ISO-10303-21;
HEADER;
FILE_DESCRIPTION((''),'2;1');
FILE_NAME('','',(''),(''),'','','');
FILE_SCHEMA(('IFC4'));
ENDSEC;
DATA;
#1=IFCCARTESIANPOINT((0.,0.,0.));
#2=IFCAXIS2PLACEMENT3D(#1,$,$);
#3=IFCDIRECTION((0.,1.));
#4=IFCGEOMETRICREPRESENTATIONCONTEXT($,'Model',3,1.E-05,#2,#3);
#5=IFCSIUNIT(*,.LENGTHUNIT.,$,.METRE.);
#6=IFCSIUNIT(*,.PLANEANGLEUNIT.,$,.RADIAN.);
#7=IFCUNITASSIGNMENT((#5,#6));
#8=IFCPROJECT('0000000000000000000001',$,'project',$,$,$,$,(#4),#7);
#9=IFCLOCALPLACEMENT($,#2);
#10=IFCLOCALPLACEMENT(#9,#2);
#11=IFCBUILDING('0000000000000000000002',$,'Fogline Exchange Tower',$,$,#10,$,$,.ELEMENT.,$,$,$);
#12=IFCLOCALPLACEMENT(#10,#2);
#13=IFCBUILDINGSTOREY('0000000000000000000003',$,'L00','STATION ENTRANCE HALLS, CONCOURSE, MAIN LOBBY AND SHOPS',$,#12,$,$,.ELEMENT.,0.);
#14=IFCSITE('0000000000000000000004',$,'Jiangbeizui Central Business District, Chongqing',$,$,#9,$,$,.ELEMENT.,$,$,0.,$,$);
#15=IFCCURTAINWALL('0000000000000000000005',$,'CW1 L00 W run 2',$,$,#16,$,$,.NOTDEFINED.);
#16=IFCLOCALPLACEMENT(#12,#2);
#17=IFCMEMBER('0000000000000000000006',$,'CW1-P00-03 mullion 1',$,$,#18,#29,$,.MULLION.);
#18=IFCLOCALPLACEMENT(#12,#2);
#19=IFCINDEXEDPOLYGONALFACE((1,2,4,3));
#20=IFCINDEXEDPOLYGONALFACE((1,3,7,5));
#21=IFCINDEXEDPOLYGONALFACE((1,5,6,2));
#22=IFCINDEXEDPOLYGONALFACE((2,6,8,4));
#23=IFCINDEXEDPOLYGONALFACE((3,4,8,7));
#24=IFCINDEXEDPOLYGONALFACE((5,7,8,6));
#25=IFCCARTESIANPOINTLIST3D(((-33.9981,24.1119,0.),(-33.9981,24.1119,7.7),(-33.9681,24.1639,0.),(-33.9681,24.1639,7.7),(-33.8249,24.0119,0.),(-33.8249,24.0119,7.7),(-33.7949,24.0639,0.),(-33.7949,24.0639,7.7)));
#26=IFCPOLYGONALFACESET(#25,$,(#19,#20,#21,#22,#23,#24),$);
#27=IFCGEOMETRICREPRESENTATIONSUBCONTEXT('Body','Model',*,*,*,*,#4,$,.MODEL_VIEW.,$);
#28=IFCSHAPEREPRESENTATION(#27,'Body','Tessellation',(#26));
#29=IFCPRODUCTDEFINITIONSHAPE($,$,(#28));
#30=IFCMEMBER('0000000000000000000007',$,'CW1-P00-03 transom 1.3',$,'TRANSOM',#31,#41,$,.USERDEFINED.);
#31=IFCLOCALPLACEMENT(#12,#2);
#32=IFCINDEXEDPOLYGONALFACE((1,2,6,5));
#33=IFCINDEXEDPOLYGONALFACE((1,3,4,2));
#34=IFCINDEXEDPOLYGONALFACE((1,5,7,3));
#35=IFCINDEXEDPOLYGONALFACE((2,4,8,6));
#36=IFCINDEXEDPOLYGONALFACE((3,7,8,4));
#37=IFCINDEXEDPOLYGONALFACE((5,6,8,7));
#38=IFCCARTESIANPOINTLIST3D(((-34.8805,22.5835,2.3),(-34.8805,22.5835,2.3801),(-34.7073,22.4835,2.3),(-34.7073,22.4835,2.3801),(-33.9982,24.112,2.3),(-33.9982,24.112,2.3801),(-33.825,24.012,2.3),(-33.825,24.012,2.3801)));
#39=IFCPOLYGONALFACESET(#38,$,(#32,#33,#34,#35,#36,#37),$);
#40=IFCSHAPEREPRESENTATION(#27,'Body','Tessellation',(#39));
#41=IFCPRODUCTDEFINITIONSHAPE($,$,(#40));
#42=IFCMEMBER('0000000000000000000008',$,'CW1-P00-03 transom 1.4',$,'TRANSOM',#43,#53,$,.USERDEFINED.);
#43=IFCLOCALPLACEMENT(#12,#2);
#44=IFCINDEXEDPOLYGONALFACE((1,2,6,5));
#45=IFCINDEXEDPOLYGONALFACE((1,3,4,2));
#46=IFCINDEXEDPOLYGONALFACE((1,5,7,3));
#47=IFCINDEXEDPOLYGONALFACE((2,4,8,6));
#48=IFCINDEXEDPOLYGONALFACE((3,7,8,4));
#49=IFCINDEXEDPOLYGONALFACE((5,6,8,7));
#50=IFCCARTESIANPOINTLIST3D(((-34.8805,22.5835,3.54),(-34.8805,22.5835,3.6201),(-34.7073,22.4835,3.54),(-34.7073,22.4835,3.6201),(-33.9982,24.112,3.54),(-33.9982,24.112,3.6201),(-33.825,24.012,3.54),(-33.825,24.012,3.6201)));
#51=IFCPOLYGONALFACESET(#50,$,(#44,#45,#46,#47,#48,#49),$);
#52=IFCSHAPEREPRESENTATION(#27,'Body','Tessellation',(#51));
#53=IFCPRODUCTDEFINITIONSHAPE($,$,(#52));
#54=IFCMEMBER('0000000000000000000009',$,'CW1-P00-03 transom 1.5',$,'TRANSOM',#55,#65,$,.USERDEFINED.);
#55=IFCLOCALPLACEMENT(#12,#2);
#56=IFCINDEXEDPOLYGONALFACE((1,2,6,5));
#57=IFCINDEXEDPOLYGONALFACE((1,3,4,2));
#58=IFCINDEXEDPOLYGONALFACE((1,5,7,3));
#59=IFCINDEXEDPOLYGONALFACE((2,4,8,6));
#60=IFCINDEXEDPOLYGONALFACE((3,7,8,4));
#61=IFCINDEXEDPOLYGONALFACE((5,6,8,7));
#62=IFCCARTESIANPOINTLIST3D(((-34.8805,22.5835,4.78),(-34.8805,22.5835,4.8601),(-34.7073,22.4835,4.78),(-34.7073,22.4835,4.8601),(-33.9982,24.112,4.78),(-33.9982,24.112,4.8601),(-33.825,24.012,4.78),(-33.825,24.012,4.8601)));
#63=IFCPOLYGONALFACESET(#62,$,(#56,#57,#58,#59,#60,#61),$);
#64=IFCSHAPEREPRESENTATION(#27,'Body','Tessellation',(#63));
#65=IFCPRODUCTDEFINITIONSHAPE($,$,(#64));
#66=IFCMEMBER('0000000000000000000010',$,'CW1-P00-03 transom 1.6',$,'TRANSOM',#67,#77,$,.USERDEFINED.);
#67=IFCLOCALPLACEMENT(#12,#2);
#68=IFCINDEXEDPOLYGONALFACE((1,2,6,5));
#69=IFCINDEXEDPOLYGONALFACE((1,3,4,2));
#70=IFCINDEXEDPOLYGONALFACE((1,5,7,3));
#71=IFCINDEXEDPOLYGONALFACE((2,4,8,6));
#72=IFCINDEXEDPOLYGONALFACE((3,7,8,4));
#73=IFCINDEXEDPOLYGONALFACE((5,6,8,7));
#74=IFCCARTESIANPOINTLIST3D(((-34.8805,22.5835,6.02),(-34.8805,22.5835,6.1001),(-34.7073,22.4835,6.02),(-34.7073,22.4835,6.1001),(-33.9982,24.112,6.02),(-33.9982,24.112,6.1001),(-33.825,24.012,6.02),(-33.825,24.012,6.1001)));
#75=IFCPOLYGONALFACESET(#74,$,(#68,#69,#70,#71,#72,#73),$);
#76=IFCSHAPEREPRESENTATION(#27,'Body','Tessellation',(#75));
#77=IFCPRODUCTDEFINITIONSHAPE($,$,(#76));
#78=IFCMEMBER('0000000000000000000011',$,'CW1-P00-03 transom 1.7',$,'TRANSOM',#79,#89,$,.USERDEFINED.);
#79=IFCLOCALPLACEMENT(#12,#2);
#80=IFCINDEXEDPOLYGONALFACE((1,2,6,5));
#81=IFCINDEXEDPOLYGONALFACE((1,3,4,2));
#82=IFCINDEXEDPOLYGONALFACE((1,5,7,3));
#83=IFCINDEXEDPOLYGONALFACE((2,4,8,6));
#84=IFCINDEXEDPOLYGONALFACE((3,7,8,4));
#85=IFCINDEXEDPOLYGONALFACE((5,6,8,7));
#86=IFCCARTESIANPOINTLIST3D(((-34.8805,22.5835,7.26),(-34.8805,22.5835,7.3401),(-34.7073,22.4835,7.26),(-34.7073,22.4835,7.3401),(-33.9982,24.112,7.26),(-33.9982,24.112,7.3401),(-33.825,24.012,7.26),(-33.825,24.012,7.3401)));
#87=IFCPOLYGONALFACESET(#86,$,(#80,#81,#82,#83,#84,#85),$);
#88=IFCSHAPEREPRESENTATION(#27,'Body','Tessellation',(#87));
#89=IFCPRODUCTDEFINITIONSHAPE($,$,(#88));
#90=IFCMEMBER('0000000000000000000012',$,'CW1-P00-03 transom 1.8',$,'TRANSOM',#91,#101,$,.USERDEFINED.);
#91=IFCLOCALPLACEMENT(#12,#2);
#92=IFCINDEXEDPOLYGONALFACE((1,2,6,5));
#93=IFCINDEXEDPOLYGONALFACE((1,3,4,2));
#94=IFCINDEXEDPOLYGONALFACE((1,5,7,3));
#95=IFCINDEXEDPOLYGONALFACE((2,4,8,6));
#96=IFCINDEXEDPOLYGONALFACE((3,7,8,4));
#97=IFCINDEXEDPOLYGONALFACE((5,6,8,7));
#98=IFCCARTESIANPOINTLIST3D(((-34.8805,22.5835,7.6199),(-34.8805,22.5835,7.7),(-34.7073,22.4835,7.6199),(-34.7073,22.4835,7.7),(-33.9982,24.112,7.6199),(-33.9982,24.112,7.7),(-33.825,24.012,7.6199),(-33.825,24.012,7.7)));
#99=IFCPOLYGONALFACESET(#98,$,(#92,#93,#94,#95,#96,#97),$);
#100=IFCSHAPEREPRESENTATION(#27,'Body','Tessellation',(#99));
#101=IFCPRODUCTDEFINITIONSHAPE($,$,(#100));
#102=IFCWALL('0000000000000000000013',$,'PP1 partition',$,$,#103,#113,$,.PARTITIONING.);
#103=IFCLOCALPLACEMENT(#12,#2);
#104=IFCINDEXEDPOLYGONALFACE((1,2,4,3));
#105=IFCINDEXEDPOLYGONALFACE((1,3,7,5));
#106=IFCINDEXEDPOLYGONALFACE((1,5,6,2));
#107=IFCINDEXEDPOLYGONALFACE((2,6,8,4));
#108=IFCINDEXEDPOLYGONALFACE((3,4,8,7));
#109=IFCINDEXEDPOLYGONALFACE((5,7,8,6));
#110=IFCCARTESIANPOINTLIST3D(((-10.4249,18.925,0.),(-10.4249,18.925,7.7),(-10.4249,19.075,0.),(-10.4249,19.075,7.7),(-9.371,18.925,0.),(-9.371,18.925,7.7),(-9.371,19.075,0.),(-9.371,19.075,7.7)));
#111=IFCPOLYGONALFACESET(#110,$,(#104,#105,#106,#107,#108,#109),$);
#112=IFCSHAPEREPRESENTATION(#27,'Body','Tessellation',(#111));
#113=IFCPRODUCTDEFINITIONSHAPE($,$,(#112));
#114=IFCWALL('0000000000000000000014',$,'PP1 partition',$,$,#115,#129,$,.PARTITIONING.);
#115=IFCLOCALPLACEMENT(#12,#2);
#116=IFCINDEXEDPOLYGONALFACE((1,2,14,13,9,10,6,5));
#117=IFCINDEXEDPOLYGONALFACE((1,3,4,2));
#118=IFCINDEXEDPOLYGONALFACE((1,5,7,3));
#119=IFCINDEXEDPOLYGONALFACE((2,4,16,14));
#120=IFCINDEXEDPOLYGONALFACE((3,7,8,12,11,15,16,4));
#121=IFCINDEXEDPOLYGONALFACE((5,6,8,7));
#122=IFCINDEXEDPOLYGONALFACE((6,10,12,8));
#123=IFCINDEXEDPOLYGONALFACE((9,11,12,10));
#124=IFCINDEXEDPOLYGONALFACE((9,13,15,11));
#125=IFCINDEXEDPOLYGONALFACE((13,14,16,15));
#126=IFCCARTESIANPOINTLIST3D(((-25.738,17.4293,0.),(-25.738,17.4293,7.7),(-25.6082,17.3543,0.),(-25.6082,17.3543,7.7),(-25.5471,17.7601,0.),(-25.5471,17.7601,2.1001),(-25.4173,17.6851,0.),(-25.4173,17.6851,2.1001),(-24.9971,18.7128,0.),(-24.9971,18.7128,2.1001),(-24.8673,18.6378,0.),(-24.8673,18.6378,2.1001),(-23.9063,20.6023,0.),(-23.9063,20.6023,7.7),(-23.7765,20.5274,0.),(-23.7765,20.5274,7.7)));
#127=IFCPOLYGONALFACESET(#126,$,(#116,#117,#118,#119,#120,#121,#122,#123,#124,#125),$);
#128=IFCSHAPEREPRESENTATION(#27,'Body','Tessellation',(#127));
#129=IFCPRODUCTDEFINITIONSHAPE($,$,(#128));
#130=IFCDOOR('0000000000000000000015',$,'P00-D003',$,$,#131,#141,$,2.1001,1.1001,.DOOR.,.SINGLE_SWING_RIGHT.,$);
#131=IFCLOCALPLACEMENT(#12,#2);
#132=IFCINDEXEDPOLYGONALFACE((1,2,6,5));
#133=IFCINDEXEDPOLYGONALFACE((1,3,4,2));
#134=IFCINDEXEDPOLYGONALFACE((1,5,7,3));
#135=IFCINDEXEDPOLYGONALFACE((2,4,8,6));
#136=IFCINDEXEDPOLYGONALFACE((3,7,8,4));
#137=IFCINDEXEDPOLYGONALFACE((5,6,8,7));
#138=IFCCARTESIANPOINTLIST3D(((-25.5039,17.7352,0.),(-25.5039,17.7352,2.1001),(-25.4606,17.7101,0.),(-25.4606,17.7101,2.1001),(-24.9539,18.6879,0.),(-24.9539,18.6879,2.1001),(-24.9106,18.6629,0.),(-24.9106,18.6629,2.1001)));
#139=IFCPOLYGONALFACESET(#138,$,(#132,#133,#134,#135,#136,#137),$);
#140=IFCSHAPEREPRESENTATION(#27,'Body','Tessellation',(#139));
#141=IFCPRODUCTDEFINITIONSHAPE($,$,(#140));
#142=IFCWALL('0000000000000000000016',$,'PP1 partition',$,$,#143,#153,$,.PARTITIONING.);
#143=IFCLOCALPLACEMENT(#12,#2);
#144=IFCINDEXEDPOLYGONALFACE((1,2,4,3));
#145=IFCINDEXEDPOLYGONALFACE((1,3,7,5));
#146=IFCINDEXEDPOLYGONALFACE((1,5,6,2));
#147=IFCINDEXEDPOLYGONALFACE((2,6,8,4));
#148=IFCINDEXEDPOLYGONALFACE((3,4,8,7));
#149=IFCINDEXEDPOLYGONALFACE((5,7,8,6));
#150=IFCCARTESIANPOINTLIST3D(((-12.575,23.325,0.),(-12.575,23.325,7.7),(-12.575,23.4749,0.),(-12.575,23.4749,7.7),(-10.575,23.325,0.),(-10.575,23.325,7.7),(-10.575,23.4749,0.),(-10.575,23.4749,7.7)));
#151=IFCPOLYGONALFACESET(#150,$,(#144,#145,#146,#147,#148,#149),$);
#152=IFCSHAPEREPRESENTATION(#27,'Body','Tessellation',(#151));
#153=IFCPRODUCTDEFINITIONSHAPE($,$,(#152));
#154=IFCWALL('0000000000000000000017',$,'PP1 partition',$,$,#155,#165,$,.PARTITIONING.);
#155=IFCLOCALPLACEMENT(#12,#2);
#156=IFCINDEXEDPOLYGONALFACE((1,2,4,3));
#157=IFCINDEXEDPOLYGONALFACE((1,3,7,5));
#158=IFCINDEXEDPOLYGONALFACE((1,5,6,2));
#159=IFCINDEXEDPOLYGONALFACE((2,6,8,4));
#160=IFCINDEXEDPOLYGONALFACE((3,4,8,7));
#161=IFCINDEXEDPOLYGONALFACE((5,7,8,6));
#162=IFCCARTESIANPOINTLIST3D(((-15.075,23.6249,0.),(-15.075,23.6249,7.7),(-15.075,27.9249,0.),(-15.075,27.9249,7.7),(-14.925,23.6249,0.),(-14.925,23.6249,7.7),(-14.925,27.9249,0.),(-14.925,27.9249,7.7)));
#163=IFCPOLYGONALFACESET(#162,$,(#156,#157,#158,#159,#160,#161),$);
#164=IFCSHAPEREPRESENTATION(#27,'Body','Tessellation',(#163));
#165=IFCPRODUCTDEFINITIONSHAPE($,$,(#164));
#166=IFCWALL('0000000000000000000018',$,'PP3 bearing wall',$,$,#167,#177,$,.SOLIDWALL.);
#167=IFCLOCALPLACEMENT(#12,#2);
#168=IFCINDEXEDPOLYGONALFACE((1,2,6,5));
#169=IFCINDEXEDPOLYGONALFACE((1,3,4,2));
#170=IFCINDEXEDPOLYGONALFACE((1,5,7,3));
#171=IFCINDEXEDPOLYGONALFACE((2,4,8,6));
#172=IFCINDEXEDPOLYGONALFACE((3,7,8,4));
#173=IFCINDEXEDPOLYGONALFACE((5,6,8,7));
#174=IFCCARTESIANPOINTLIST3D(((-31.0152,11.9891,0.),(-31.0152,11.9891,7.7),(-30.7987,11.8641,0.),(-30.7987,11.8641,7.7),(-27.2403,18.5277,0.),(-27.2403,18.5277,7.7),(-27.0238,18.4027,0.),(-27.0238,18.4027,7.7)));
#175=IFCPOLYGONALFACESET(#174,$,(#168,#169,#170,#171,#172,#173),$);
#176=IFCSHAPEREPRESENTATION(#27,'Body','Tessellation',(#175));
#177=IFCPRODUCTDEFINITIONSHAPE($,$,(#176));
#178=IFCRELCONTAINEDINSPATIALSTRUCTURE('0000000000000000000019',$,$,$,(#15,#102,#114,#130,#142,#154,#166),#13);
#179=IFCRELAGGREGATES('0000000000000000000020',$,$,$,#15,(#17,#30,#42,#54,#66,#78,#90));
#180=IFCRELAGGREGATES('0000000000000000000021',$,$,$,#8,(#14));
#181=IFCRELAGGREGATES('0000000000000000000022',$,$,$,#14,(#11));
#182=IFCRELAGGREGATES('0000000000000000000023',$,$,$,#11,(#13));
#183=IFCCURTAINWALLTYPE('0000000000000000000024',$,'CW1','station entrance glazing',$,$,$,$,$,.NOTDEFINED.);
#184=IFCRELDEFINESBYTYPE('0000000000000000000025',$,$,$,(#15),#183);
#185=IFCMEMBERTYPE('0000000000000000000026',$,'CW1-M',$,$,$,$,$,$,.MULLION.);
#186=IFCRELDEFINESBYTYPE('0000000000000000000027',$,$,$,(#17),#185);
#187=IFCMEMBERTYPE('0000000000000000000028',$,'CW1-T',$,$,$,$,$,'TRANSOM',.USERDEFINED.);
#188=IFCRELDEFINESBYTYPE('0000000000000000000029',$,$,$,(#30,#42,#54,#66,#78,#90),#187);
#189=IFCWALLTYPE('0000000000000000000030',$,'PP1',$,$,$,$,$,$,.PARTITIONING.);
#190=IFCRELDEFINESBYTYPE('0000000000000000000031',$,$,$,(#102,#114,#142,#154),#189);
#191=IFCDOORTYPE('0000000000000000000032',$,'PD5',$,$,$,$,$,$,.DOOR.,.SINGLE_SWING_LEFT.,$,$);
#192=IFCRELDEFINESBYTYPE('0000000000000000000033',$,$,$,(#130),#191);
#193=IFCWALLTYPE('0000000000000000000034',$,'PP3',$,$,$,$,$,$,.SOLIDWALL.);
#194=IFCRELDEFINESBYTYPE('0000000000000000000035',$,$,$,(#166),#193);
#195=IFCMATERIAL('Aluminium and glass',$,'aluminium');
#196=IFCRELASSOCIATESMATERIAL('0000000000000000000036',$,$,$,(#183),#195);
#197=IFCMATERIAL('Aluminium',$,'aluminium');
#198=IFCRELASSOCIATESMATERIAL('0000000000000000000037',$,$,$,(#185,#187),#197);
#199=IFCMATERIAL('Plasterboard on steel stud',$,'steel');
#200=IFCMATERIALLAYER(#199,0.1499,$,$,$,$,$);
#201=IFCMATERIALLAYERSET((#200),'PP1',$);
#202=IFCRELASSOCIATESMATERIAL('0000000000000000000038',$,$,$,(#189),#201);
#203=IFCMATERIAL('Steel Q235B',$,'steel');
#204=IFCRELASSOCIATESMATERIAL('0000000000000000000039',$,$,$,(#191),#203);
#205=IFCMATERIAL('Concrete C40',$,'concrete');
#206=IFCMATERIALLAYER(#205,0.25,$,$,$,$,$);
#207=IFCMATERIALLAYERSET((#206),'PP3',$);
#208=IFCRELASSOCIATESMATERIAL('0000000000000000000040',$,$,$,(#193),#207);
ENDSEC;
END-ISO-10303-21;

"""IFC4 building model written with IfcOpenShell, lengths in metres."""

from ifc_helpers import new_model, si_unit, direction, frame, frame_2d, origin, origin_2d, place, context, subcontext, project, spatial, rectangle, extrude, material, layer, layer_set, material_profile, profile_set, type_object, element, fill, aggregate, save


model = new_model("IFC4")

# Units and contexts
model_context = context("Model", 3, precision=1e-05, world=origin(), true_north=direction((0.0, 1.0)))
body_context = subcontext(model_context, "Body", "Model", "MODEL_VIEW")
ifc_project = project(units=[si_unit("LENGTHUNIT", "METRE"), si_unit("PLANEANGLEUNIT", "RADIAN")], contexts=[model_context])

# Site, building, storey
site_placement = place(None, origin())
site = spatial("IfcSite", under=ifc_project, at=site_placement, Name="Jiangbeizui Central Business District, Chongqing", CompositionType="ELEMENT", RefElevation=0.0)
building_placement = place(site_placement, origin())
building = spatial("IfcBuilding", under=site, at=building_placement, Name="Fogline Exchange Tower", CompositionType="ELEMENT")
storey_placement = place(building_placement, origin())
storey = spatial("IfcBuildingStorey", under=building, at=storey_placement, Name="L00", Description="STATION ENTRANCE HALLS, CONCOURSE, MAIN LOBBY AND SHOPS", CompositionType="ELEMENT", Elevation=0.0)

# Curtain wall, members
ifc_material_1 = material(Name="Aluminium and glass", Category="aluminium")
curtain_wall_type = type_object("IfcCurtainWallType", Name="CW1", Description="station entrance glazing", PredefinedType="NOTDEFINED", material=ifc_material_1)
curtain_wall_placement = place(storey_placement, origin())
curtain_wall = element("IfcCurtainWall", 1, at=curtain_wall_placement, inside=storey, type_object=curtain_wall_type, Name="CW1 L00 W run 2", PredefinedType="NOTDEFINED")
ifc_material_2 = material(Name="Aluminium", Category="aluminium")
ifc_material_profile_1 = material_profile(ifc_material_2, rectangle(XDim=0.2, YDim=0.0601, at=origin_2d()), Name="Mullion 60x200")
ifc_profile_set_1 = profile_set([ifc_material_profile_1], Name="Aluminium")
member_type_1 = type_object("IfcMemberType", Name="CW1-M", PredefinedType="MULLION", material=ifc_profile_set_1)
member_1_placement = place(storey_placement, frame((-33.8965, 24.0879, 0.0), z_axis=(0.0, 0.0, 1.0), x_axis=(0.866024, -0.500002, 0.0)))
member_1 = element("IfcMember", 2, at=member_1_placement, type_object=member_type_1, Name="CW1-P00-03 mullion 1", PredefinedType="MULLION", context=body_context, shape_type="SweptSolid", body=[
    extrude(rectangle(XDim=0.2, YDim=0.0601, at=origin_2d()), origin(), (0.0, 0.0, 1.0), 7.7),
])
ifc_material_profile_2 = material_profile(ifc_material_2, rectangle(XDim=0.2, YDim=0.0801, at=origin_2d()), Name="Transom 80x200")
ifc_profile_set_2 = profile_set([ifc_material_profile_2], Name="Aluminium")
member_type_2 = type_object("IfcMemberType", Name="CW1-T", ElementType="TRANSOM", PredefinedType="USERDEFINED", material=ifc_profile_set_2)
member_2_placement = place(storey_placement, frame((-33.9116, 24.062, 2.3401), z_axis=(-0.499918, -0.866073, 0.0), x_axis=(0.866073, -0.499918, 0.0)))
member_2 = element("IfcMember", 3, at=member_2_placement, type_object=member_type_2, Name="CW1-P00-03 transom 1.3", ObjectType="TRANSOM", PredefinedType="USERDEFINED", context=body_context, shape_type="SweptSolid", body=[
    extrude(rectangle(XDim=0.2, YDim=0.0801, at=origin_2d()), origin(), (0.0, 0.0, 1.0), 1.7649),
])
member_3_placement = place(storey_placement, frame((-33.9116, 24.062, 3.5801), z_axis=(-0.499918, -0.866073, 0.0), x_axis=(0.866073, -0.499918, 0.0)))
member_3 = element("IfcMember", 4, at=member_3_placement, type_object=member_type_2, Name="CW1-P00-03 transom 1.4", ObjectType="TRANSOM", PredefinedType="USERDEFINED", context=body_context, shape_type="SweptSolid", body=[
    extrude(rectangle(XDim=0.2, YDim=0.0801, at=origin_2d()), origin(), (0.0, 0.0, 1.0), 1.7649),
])
member_4_placement = place(storey_placement, frame((-33.9116, 24.062, 4.8201), z_axis=(-0.499918, -0.866073, 0.0), x_axis=(0.866073, -0.499918, 0.0)))
member_4 = element("IfcMember", 5, at=member_4_placement, type_object=member_type_2, Name="CW1-P00-03 transom 1.5", ObjectType="TRANSOM", PredefinedType="USERDEFINED", context=body_context, shape_type="SweptSolid", body=[
    extrude(rectangle(XDim=0.2, YDim=0.0801, at=origin_2d()), origin(), (0.0, 0.0, 1.0), 1.7649),
])
member_5_placement = place(storey_placement, frame((-33.9116, 24.062, 6.0601), z_axis=(-0.499918, -0.866073, 0.0), x_axis=(0.866073, -0.499918, 0.0)))
member_5 = element("IfcMember", 6, at=member_5_placement, type_object=member_type_2, Name="CW1-P00-03 transom 1.6", ObjectType="TRANSOM", PredefinedType="USERDEFINED", context=body_context, shape_type="SweptSolid", body=[
    extrude(rectangle(XDim=0.2, YDim=0.0801, at=origin_2d()), origin(), (0.0, 0.0, 1.0), 1.7649),
])
member_6_placement = place(storey_placement, frame((-33.9116, 24.062, 7.3), z_axis=(-0.499918, -0.866073, 0.0), x_axis=(0.866073, -0.499918, 0.0)))
member_6 = element("IfcMember", 7, at=member_6_placement, type_object=member_type_2, Name="CW1-P00-03 transom 1.7", ObjectType="TRANSOM", PredefinedType="USERDEFINED", context=body_context, shape_type="SweptSolid", body=[
    extrude(rectangle(XDim=0.2, YDim=0.0801, at=origin_2d()), origin(), (0.0, 0.0, 1.0), 1.7649),
])
member_7_placement = place(storey_placement, frame((-33.9116, 24.062, 7.6599), z_axis=(-0.499918, -0.866073, 0.0), x_axis=(0.866073, -0.499918, 0.0)))
member_7 = element("IfcMember", 8, at=member_7_placement, type_object=member_type_2, Name="CW1-P00-03 transom 1.8", ObjectType="TRANSOM", PredefinedType="USERDEFINED", context=body_context, shape_type="SweptSolid", body=[
    extrude(rectangle(XDim=0.2, YDim=0.0801, at=origin_2d()), origin(), (0.0, 0.0, 1.0), 1.7649),
])
aggregate(curtain_wall, [member_1, member_2, member_3, member_4, member_5, member_6, member_7])

# Shared definitions
ifc_material_3 = material(Name="Plasterboard on steel stud", Category="steel")
ifc_layer_1 = layer(ifc_material_3, 0.1499)
ifc_layer_set_1 = layer_set([ifc_layer_1], Name="PP1")
wall_type_1 = type_object("IfcWallType", Name="PP1", PredefinedType="PARTITIONING", material=ifc_layer_set_1)

# Wall
wall_1_placement = place(storey_placement, frame((-9.3711, 19.0, 0.0), z_axis=(0.0, 0.0, 1.0), x_axis=(-1.0, 0.0, 0.0)))
element("IfcWall", 9, at=wall_1_placement, inside=storey, type_object=wall_type_1, Name="PP1 partition", PredefinedType="PARTITIONING", context=body_context, shape_type="SweptSolid", body=[
    extrude(rectangle(XDim=1.054, YDim=0.1499, at=frame_2d((0.5269, 0.0))), origin(), (0.0, 0.0, 1.0), 7.7),
])

# Wall, opening, door
wall_2_placement = place(storey_placement, frame((-23.8413, 20.5649, 0.0), z_axis=(0.0, 0.0, 1.0), x_axis=(-0.499959, -0.866049, 0.0)))
wall_2 = element("IfcWall", 10, at=wall_2_placement, inside=storey, type_object=wall_type_1, Name="PP1 partition", PredefinedType="PARTITIONING", context=body_context, shape_type="SweptSolid", body=[
    extrude(rectangle(XDim=3.6638, YDim=0.1499, at=frame_2d((1.832, 0.0))), origin(), (0.0, 0.0, 1.0), 7.7),
])
opening_1_placement = place(wall_2_placement, frame((2.1819, 0.0, 0.0)))
opening_1 = element("IfcOpeningElement", 11, at=opening_1_placement, cuts=wall_2, PredefinedType="OPENING", context=body_context, shape_type="SweptSolid", body=[
    extrude(rectangle(XDim=1.1001, YDim=2.1001, at=frame_2d((0.55, 1.05))), frame((0.0, 0.085, 0.0), z_axis=(0.0, -1.0, 0.0), x_axis=(1.0, 0.0, 0.0)), (0.0, 0.0, 1.0), 0.1699),
])
ifc_material_4 = material(Name="Steel Q235B", Category="steel")
door_type_1 = type_object("IfcDoorType", Name="PD5", OperationType="SINGLE_SWING_LEFT", PredefinedType="DOOR", material=ifc_material_4)
door_1_placement = place(opening_1_placement, origin())
door_1 = element("IfcDoor", 12, at=door_1_placement, inside=storey, type_object=door_type_1, Name="P00-D003", OperationType="SINGLE_SWING_RIGHT", OverallHeight=2.1001, OverallWidth=1.1001, PredefinedType="DOOR", context=body_context, shape_type="SweptSolid", body=[
    extrude(rectangle(XDim=1.1001, YDim=2.1001, at=frame_2d((0.55, 1.05))), frame((0.0, 0.0249, 0.0), z_axis=(0.0, -1.0, 0.0), x_axis=(1.0, 0.0, 0.0)), (0.0, 0.0, 1.0), 0.05),
])
fill(opening_1, door_1)

# Walls
wall_3_placement = place(storey_placement, frame((-10.575, 23.3999, 0.0), z_axis=(0.0, 0.0, 1.0), x_axis=(-1.0, 0.0, 0.0)))
element("IfcWall", 13, at=wall_3_placement, inside=storey, type_object=wall_type_1, Name="PP1 partition", PredefinedType="PARTITIONING", context=body_context, shape_type="SweptSolid", body=[
    extrude(rectangle(XDim=2.0, YDim=0.1499, at=frame_2d((1.0, 0.0))), origin(), (0.0, 0.0, 1.0), 7.7),
])
wall_4_placement = place(storey_placement, frame((-15.0, 23.625, 0.0), z_axis=(0.0, 0.0, 1.0), x_axis=(0.0, 1.0, 0.0)))
element("IfcWall", 14, at=wall_4_placement, inside=storey, type_object=wall_type_1, Name="PP1 partition", PredefinedType="PARTITIONING", context=body_context, shape_type="SweptSolid", body=[
    extrude(rectangle(XDim=4.3, YDim=0.1499, at=frame_2d((2.1499, 0.0))), origin(), (0.0, 0.0, 1.0), 7.7),
])
ifc_material_5 = material(Name="Concrete C40", Category="concrete")
ifc_layer_2 = layer(ifc_material_5, 0.25)
ifc_layer_set_2 = layer_set([ifc_layer_2], Name="PP3")
wall_type_2 = type_object("IfcWallType", Name="PP3", PredefinedType="SOLIDWALL", material=ifc_layer_set_2)
wall_5_placement = place(storey_placement, frame((-27.1321, 18.4651, 0.0), z_axis=(0.0, 0.0, 1.0), x_axis=(-0.499986, -0.866034, 0.0)))
element("IfcWall", 15, at=wall_5_placement, inside=storey, type_object=wall_type_2, Name="PP3 bearing wall", PredefinedType="SOLIDWALL", context=body_context, shape_type="SweptSolid", body=[
    extrude(rectangle(XDim=7.55, YDim=0.25, at=frame_2d((3.7749, 0.0))), origin(), (0.0, 0.0, 1.0), 7.7),
])

save(model, "model.ifc")
